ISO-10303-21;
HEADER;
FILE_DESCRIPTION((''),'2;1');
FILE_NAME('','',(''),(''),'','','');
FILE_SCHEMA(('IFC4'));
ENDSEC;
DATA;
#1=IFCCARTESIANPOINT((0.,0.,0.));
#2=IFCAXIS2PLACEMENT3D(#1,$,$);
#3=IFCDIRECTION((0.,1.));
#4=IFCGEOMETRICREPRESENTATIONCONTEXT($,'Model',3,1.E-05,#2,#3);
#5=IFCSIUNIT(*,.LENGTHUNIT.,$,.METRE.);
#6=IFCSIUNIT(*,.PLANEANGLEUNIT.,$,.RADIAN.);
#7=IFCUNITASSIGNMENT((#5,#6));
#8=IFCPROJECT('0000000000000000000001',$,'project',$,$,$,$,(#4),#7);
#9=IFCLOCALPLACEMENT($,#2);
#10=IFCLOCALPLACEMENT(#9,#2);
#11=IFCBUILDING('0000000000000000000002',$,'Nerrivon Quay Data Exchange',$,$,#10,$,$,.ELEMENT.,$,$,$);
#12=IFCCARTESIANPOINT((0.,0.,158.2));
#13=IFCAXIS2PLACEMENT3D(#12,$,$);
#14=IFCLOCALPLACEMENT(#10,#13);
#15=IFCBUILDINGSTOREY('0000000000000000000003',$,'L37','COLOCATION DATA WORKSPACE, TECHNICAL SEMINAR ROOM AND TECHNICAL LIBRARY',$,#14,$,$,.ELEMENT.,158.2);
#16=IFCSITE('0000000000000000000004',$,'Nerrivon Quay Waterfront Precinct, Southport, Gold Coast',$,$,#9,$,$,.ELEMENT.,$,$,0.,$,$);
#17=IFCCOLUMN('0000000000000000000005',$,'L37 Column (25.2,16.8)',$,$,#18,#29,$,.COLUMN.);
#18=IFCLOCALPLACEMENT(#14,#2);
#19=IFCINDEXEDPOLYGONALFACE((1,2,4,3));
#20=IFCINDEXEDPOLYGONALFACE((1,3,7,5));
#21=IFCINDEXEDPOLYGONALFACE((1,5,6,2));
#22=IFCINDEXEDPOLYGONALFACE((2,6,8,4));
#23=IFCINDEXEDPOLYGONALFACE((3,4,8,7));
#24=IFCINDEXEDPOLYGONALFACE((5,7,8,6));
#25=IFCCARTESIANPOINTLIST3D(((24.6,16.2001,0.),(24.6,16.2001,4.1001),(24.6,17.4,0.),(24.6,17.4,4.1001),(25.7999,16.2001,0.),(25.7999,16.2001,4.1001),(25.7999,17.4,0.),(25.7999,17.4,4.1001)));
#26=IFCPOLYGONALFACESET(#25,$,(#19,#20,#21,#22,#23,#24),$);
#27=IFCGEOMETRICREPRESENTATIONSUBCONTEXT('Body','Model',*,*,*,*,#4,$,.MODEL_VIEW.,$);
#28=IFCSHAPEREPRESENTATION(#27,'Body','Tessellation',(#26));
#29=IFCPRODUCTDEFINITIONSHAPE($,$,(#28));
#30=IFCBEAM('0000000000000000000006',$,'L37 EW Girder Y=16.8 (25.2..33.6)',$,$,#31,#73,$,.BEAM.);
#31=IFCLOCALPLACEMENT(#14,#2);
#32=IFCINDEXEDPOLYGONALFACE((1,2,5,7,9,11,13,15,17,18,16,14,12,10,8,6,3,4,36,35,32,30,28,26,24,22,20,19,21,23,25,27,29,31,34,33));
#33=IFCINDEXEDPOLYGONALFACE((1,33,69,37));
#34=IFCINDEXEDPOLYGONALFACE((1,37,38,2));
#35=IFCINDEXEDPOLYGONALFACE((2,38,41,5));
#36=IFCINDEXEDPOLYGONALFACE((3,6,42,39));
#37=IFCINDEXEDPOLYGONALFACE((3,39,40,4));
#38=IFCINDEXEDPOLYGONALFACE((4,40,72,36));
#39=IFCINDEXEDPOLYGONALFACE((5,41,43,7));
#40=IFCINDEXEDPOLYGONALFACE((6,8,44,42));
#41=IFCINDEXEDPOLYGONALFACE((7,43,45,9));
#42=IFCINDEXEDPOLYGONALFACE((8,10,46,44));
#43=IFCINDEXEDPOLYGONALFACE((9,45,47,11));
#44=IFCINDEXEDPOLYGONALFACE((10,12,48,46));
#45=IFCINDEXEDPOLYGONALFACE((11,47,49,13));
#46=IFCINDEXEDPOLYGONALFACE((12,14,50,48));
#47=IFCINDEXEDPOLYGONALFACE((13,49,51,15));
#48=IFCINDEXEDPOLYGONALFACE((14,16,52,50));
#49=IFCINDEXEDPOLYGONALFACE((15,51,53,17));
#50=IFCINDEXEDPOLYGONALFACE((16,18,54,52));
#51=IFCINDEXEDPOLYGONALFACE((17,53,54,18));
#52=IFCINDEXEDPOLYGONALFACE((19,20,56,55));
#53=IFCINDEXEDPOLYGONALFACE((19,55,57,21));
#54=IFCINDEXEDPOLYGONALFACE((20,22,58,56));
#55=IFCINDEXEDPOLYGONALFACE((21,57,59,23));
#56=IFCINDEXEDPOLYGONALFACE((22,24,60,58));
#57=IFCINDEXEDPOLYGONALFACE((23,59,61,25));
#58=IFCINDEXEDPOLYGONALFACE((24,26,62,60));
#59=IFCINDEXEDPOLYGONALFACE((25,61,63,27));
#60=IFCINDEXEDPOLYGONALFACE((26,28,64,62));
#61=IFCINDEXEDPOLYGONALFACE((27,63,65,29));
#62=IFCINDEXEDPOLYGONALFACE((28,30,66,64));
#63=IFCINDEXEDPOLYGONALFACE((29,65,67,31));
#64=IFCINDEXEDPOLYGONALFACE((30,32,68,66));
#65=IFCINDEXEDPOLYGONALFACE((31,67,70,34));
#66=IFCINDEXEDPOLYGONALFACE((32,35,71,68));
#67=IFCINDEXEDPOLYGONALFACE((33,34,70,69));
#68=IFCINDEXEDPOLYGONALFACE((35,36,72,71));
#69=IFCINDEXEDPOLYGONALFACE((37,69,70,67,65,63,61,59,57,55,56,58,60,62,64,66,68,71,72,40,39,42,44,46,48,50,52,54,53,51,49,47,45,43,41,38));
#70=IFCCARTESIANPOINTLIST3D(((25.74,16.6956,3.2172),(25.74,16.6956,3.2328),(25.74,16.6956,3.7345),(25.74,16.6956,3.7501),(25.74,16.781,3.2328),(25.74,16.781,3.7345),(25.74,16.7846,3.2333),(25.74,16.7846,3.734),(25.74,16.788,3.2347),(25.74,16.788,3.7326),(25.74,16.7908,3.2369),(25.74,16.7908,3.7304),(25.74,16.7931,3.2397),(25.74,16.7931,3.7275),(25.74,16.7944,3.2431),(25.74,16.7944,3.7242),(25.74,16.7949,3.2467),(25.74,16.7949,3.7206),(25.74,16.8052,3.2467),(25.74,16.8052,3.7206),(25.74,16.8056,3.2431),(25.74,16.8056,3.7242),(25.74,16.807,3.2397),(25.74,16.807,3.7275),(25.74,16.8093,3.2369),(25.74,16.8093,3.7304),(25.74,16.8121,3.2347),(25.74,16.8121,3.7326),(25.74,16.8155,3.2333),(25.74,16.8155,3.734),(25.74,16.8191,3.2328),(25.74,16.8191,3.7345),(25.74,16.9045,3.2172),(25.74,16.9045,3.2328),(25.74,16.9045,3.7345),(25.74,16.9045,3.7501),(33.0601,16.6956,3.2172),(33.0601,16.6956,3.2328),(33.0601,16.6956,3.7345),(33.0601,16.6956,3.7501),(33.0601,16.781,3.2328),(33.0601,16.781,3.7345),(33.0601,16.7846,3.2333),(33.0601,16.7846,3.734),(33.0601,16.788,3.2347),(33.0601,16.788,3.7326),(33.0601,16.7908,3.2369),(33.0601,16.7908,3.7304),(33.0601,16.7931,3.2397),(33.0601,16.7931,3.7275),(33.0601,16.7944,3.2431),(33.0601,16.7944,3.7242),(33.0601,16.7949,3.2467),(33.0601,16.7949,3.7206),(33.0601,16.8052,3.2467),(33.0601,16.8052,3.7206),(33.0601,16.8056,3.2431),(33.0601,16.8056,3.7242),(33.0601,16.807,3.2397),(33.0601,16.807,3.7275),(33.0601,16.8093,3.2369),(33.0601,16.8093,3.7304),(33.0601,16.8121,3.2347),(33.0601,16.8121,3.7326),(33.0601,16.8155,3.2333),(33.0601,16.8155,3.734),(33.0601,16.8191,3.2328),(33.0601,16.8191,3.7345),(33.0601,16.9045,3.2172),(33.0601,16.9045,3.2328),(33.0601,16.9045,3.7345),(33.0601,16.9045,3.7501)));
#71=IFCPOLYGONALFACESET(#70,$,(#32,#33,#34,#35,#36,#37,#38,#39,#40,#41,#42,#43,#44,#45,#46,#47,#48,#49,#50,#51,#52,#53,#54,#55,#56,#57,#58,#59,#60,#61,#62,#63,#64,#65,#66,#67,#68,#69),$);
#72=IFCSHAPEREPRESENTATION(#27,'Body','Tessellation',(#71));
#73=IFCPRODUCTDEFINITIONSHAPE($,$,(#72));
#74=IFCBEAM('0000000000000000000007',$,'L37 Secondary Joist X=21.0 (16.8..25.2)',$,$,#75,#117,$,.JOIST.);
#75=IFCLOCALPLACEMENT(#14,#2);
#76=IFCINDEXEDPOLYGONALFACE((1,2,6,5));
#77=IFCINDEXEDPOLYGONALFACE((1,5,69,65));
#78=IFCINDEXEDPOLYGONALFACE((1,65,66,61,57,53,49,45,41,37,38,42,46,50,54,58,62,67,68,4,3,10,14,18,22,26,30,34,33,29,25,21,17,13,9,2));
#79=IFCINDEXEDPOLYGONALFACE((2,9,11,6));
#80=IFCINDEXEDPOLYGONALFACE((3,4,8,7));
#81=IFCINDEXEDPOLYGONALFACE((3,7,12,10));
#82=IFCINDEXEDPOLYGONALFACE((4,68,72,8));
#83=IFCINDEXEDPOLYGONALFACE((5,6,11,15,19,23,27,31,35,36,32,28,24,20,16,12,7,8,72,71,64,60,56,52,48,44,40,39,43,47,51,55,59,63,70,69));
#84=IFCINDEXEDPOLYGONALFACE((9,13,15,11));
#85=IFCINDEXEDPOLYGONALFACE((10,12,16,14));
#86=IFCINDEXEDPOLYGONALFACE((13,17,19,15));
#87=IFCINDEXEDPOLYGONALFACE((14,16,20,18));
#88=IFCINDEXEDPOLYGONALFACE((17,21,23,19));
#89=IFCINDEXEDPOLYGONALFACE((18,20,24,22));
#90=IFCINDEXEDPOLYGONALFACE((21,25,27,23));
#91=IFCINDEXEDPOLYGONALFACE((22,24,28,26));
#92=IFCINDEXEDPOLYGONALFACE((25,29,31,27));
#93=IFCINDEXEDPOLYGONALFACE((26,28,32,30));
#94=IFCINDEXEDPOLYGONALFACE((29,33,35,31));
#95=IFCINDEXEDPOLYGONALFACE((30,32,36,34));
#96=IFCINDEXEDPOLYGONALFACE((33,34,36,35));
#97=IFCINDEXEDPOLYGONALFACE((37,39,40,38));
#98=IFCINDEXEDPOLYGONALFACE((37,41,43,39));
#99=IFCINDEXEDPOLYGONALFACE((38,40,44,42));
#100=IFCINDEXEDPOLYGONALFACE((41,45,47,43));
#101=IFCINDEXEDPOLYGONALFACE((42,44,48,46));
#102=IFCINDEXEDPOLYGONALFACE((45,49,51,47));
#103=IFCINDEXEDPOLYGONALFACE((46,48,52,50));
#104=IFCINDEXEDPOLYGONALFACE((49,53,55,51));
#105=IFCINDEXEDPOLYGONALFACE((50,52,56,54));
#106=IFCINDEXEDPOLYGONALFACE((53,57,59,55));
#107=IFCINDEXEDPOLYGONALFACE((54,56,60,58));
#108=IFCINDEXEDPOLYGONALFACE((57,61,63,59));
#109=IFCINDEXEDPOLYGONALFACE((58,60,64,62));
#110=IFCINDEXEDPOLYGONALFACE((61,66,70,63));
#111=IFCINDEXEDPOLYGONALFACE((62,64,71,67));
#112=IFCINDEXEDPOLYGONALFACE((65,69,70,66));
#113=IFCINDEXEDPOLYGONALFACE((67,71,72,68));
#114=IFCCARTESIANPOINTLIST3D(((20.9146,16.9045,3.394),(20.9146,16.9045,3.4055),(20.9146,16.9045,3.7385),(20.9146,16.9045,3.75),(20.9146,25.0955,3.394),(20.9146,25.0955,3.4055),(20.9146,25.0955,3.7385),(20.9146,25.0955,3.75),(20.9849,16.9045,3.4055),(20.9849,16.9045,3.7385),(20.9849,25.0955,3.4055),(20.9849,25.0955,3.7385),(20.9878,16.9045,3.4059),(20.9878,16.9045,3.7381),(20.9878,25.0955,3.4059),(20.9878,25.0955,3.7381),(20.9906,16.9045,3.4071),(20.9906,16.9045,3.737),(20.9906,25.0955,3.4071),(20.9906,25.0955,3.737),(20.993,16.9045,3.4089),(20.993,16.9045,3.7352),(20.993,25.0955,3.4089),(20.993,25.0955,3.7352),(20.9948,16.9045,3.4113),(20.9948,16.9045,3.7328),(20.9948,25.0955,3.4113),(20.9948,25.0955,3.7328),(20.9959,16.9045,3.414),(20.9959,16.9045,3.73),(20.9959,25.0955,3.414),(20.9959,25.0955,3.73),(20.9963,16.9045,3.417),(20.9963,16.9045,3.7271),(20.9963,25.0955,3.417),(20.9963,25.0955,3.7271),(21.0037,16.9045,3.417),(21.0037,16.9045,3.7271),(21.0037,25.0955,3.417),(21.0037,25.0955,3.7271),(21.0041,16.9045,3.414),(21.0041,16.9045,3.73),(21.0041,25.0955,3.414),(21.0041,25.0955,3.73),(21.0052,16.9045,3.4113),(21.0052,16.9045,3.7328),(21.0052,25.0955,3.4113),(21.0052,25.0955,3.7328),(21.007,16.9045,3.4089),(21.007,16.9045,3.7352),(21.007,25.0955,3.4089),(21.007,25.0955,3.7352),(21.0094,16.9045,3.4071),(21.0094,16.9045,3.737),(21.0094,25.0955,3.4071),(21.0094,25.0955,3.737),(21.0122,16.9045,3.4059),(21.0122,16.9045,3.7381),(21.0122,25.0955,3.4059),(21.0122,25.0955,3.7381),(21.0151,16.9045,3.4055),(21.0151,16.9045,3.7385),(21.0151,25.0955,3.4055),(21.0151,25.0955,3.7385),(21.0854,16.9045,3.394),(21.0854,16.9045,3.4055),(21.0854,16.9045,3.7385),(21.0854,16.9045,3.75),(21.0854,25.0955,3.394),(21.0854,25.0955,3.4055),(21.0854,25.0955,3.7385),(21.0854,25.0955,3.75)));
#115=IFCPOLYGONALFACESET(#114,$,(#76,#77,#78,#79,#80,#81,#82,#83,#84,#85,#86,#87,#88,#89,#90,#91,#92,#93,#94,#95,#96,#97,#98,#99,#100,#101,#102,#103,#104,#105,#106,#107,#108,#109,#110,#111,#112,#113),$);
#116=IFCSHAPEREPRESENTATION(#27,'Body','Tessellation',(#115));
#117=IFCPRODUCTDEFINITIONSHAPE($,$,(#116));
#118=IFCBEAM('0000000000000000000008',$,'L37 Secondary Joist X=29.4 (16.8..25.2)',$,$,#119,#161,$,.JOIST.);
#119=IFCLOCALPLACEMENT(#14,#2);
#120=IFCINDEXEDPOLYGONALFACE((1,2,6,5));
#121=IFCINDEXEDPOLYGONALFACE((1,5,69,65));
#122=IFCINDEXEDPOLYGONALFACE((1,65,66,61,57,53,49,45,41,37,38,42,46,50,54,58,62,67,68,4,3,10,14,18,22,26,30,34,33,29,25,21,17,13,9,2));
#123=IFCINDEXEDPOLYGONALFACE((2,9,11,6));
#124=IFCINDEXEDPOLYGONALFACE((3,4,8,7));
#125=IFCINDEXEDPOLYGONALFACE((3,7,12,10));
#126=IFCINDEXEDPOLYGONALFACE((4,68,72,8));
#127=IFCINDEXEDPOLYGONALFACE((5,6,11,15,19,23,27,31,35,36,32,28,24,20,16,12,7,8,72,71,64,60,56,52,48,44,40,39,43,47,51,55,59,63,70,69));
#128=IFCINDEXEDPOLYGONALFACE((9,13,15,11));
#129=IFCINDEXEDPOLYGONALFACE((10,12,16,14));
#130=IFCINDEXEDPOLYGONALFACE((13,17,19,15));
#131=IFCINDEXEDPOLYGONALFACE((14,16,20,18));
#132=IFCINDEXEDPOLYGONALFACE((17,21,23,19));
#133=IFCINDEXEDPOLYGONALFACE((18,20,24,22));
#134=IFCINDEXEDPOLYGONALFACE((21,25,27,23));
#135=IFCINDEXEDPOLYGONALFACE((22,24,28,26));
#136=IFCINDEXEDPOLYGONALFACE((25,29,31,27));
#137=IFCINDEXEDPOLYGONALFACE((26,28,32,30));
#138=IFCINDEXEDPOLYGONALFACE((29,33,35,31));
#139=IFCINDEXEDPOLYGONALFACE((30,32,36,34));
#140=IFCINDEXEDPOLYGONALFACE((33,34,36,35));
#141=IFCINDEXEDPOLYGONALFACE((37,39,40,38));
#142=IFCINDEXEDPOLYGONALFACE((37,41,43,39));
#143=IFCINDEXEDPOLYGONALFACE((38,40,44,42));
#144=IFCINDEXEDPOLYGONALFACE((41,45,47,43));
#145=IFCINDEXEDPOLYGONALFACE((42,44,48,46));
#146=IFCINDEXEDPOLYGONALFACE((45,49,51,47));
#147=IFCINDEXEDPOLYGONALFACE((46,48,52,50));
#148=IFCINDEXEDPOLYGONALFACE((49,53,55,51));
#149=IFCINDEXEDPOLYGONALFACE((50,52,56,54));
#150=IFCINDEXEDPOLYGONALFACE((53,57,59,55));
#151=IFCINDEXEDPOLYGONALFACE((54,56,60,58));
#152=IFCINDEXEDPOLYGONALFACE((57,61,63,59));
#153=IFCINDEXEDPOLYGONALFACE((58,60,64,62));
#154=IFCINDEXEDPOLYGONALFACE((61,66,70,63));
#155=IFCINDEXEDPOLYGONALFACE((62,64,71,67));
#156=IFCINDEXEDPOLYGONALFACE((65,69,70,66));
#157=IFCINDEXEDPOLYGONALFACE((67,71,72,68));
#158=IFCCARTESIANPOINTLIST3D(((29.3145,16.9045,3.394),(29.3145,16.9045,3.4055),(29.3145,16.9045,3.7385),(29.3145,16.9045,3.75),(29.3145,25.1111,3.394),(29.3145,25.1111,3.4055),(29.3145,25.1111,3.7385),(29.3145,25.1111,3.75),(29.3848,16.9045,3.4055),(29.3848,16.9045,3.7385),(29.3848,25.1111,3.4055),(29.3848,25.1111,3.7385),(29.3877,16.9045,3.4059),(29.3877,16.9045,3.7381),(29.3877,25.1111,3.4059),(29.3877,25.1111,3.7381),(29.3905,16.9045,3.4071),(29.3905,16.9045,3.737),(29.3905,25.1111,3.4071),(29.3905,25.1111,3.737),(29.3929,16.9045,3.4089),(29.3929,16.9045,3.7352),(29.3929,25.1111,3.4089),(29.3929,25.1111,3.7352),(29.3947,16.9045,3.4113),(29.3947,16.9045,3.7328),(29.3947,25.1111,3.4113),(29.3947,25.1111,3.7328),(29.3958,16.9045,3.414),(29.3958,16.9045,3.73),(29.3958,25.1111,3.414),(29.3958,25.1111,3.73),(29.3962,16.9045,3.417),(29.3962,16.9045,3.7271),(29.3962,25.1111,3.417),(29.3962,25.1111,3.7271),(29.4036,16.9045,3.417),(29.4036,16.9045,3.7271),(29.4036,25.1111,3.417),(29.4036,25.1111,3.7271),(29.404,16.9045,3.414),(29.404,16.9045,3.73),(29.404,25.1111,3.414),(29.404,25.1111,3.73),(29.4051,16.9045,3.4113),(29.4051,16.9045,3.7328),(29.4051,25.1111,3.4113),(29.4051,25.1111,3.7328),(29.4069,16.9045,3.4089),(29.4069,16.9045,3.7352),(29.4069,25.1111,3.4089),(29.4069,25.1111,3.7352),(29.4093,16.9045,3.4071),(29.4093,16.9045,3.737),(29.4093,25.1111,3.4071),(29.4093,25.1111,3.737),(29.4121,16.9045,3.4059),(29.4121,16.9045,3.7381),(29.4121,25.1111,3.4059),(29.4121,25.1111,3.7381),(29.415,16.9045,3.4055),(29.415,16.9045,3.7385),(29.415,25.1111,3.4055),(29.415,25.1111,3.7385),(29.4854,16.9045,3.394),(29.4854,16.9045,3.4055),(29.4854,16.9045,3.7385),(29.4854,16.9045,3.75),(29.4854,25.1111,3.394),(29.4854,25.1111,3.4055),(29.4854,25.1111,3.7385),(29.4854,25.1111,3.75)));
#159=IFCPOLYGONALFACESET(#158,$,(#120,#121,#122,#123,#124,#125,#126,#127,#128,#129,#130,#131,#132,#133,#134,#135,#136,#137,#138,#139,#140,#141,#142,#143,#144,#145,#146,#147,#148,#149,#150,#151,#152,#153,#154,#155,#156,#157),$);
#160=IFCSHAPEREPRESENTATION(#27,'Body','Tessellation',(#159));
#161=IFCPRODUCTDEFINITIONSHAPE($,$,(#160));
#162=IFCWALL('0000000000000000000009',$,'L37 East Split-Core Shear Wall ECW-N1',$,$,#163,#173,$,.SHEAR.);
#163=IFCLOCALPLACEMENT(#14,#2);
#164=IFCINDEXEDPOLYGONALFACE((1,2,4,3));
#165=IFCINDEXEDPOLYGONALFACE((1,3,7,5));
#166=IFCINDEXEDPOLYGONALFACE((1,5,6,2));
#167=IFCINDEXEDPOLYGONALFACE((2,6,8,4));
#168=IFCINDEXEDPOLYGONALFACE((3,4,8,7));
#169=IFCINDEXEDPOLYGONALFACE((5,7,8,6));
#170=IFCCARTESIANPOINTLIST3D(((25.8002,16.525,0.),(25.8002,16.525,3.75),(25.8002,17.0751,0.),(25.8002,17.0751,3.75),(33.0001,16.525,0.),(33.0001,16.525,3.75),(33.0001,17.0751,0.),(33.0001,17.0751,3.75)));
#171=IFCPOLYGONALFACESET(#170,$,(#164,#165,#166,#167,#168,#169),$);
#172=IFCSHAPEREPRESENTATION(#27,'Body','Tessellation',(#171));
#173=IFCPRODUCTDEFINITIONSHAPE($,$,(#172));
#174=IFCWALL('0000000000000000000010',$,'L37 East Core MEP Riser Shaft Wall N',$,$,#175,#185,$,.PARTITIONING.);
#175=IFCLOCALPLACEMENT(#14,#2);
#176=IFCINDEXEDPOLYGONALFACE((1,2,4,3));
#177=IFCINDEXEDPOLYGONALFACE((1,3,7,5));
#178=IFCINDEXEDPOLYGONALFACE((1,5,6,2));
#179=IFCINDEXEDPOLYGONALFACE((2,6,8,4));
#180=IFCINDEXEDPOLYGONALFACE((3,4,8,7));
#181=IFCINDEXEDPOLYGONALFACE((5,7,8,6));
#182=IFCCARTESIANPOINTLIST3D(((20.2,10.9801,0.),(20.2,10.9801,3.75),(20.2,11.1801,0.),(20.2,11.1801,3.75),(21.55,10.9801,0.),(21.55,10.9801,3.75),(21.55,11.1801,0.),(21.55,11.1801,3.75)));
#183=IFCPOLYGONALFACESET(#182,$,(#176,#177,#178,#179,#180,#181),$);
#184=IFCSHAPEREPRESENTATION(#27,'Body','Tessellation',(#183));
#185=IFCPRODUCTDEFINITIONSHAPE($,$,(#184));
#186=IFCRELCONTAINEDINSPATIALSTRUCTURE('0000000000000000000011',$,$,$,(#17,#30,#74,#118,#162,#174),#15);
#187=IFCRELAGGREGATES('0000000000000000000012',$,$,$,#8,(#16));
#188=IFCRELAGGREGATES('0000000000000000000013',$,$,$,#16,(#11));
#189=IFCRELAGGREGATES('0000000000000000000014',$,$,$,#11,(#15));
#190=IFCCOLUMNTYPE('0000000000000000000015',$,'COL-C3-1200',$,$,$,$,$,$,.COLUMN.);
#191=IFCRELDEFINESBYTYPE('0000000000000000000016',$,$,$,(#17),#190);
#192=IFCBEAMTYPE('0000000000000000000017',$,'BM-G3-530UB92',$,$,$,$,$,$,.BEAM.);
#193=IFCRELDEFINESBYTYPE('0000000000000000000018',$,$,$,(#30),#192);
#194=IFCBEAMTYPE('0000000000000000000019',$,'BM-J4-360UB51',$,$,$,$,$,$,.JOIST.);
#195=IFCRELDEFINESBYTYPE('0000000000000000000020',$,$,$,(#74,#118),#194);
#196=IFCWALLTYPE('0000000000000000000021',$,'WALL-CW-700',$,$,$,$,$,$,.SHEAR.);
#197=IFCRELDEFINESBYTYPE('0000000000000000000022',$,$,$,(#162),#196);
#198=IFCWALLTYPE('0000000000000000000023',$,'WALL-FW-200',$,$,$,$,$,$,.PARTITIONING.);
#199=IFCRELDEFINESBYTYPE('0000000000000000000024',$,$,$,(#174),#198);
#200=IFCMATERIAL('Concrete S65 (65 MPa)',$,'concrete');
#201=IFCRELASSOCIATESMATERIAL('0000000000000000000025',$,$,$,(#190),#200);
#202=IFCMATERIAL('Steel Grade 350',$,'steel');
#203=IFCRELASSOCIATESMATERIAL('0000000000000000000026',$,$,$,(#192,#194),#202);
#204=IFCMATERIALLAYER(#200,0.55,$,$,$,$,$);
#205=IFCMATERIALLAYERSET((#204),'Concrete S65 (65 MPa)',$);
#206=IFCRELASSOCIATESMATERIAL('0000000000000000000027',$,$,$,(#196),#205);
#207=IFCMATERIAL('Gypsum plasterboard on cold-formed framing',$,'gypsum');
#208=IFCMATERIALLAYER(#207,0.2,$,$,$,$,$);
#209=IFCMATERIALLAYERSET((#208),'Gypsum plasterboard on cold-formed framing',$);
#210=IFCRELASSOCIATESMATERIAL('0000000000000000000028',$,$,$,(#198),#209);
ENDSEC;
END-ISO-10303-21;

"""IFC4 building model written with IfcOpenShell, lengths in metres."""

from ifc_helpers import new_model, si_unit, direction, frame, frame_2d, origin, origin_2d, place, context, subcontext, project, spatial, rectangle, i_section, extrude, material, layer, layer_set, material_profile, profile_set, type_object, element, save


model = new_model("IFC4")

# Units and contexts
model_context = context("Model", 3, precision=1e-05, world=origin(), true_north=direction((0.0, 1.0)))
body_context = subcontext(model_context, "Body", "Model", "MODEL_VIEW")
ifc_project = project(units=[si_unit("LENGTHUNIT", "METRE"), si_unit("PLANEANGLEUNIT", "RADIAN")], contexts=[model_context])

# Site, building, storey
site_placement = place(None, origin())
site = spatial("IfcSite", under=ifc_project, at=site_placement, Name="Nerrivon Quay Waterfront Precinct, Southport, Gold Coast", CompositionType="ELEMENT", RefElevation=0.0)
building_placement = place(site_placement, origin())
building = spatial("IfcBuilding", under=site, at=building_placement, Name="Nerrivon Quay Data Exchange", CompositionType="ELEMENT")
storey_placement = place(building_placement, frame((0.0, 0.0, 158.2)))
storey = spatial("IfcBuildingStorey", under=building, at=storey_placement, Name="L37", Description="COLOCATION DATA WORKSPACE, TECHNICAL SEMINAR ROOM AND TECHNICAL LIBRARY", CompositionType="ELEMENT", Elevation=158.2)

# Column
ifc_material_1 = material(Name="Concrete S65 (65 MPa)", Category="concrete")
ifc_material_profile_1 = material_profile(ifc_material_1, rectangle(XDim=1.2, YDim=1.2, at=origin_2d()), Name="RC-COL-1200x1200")
ifc_profile_set_1 = profile_set([ifc_material_profile_1], Name="Concrete S65 (65 MPa)")
column_type = type_object("IfcColumnType", Name="COL-C3-1200", PredefinedType="COLUMN", material=ifc_profile_set_1)
column_placement = place(storey_placement, frame((25.2, 16.8, 0.0), z_axis=(0.0, 0.0, 1.0), x_axis=(1.0, 0.0, 0.0)))
element("IfcColumn", 1, at=column_placement, inside=storey, type_object=column_type, Name="L37 Column (25.2,16.8)", PredefinedType="COLUMN", context=body_context, shape_type="SweptSolid", body=[
    extrude(rectangle(XDim=1.2, YDim=1.2, at=origin_2d()), origin(), (0.0, 0.0, 1.0), 4.1001),
])

# Beams
ifc_material_2 = material(Name="Steel Grade 350", Category="steel")
ifc_material_profile_2 = material_profile(ifc_material_2, i_section(OverallWidth=0.209, OverallDepth=0.533, WebThickness=0.0103, FlangeThickness=0.0156, FilletRadius=0.0139, at=origin_2d()), Name="530UB92.4")
ifc_profile_set_2 = profile_set([ifc_material_profile_2], Name="Steel Grade 350")
beam_type_1 = type_object("IfcBeamType", Name="BM-G3-530UB92", PredefinedType="BEAM", material=ifc_profile_set_2)
beam_1_placement = place(storey_placement, frame((25.74, 16.8, 3.4836), z_axis=(1.0, 0.0, 0.0), x_axis=(0.0, 1.0, 0.0)))
element("IfcBeam", 2, at=beam_1_placement, inside=storey, type_object=beam_type_1, Name="L37 EW Girder Y=16.8 (25.2..33.6)", PredefinedType="BEAM", context=body_context, shape_type="SweptSolid", body=[
    extrude(i_section(OverallWidth=0.209, OverallDepth=0.533, WebThickness=0.0103, FlangeThickness=0.0156, FilletRadius=0.0139, at=origin_2d()), origin(), (0.0, 0.0, 1.0), 7.3201),
])
ifc_material_profile_3 = material_profile(ifc_material_2, i_section(OverallWidth=0.1709, OverallDepth=0.356, WebThickness=0.0073, FlangeThickness=0.0115, FilletRadius=0.0115, at=origin_2d()), Name="360UB50.7")
ifc_profile_set_3 = profile_set([ifc_material_profile_3], Name="Steel Grade 350")
beam_type_2 = type_object("IfcBeamType", Name="BM-J4-360UB51", PredefinedType="JOIST", material=ifc_profile_set_3)
beam_2_placement = place(storey_placement, frame((21.0, 16.9045, 3.572), z_axis=(0.0, 1.0, 0.0), x_axis=(-1.0, 0.0, 0.0)))
element("IfcBeam", 3, at=beam_2_placement, inside=storey, type_object=beam_type_2, Name="L37 Secondary Joist X=21.0 (16.8..25.2)", PredefinedType="JOIST", context=body_context, shape_type="SweptSolid", body=[
    extrude(i_section(OverallWidth=0.1709, OverallDepth=0.356, WebThickness=0.0073, FlangeThickness=0.0115, FilletRadius=0.0115, at=origin_2d()), origin(), (0.0, 0.0, 1.0), 8.1909),
])
beam_3_placement = place(storey_placement, frame((29.3999, 16.9045, 3.572), z_axis=(0.0, 1.0, 0.0), x_axis=(-1.0, 0.0, 0.0)))
element("IfcBeam", 4, at=beam_3_placement, inside=storey, type_object=beam_type_2, Name="L37 Secondary Joist X=29.4 (16.8..25.2)", PredefinedType="JOIST", context=body_context, shape_type="SweptSolid", body=[
    extrude(i_section(OverallWidth=0.1709, OverallDepth=0.356, WebThickness=0.0073, FlangeThickness=0.0115, FilletRadius=0.0115, at=origin_2d()), origin(), (0.0, 0.0, 1.0), 8.2065),
])

# Walls
ifc_layer_1 = layer(ifc_material_1, 0.55)
ifc_layer_set_1 = layer_set([ifc_layer_1], Name="Concrete S65 (65 MPa)")
wall_type_1 = type_object("IfcWallType", Name="WALL-CW-700", PredefinedType="SHEAR", material=ifc_layer_set_1)
wall_1_placement = place(storey_placement, frame((25.8, 16.8, 0.0), z_axis=(0.0, 0.0, 1.0), x_axis=(1.0, 0.0, 0.0)))
element("IfcWall", 5, at=wall_1_placement, inside=storey, type_object=wall_type_1, Name="L37 East Split-Core Shear Wall ECW-N1", PredefinedType="SHEAR", context=body_context, shape_type="SweptSolid", body=[
    extrude(rectangle(XDim=7.2, YDim=0.55, at=frame_2d((3.6001, 0.0))), origin(), (0.0, 0.0, 1.0), 3.75),
])
ifc_material_3 = material(Name="Gypsum plasterboard on cold-formed framing", Category="gypsum")
ifc_layer_2 = layer(ifc_material_3, 0.2)
ifc_layer_set_2 = layer_set([ifc_layer_2], Name="Gypsum plasterboard on cold-formed framing")
wall_type_2 = type_object("IfcWallType", Name="WALL-FW-200", PredefinedType="PARTITIONING", material=ifc_layer_set_2)
wall_2_placement = place(storey_placement, frame((20.2, 11.0801, 0.0), z_axis=(0.0, 0.0, 1.0), x_axis=(1.0, 0.0, 0.0)))
element("IfcWall", 6, at=wall_2_placement, inside=storey, type_object=wall_type_2, Name="L37 East Core MEP Riser Shaft Wall N", PredefinedType="PARTITIONING", context=body_context, shape_type="SweptSolid", body=[
    extrude(rectangle(XDim=1.3501, YDim=0.2, at=frame_2d((0.675, 0.0))), origin(), (0.0, 0.0, 1.0), 3.75),
])

save(model, "model.ifc")
